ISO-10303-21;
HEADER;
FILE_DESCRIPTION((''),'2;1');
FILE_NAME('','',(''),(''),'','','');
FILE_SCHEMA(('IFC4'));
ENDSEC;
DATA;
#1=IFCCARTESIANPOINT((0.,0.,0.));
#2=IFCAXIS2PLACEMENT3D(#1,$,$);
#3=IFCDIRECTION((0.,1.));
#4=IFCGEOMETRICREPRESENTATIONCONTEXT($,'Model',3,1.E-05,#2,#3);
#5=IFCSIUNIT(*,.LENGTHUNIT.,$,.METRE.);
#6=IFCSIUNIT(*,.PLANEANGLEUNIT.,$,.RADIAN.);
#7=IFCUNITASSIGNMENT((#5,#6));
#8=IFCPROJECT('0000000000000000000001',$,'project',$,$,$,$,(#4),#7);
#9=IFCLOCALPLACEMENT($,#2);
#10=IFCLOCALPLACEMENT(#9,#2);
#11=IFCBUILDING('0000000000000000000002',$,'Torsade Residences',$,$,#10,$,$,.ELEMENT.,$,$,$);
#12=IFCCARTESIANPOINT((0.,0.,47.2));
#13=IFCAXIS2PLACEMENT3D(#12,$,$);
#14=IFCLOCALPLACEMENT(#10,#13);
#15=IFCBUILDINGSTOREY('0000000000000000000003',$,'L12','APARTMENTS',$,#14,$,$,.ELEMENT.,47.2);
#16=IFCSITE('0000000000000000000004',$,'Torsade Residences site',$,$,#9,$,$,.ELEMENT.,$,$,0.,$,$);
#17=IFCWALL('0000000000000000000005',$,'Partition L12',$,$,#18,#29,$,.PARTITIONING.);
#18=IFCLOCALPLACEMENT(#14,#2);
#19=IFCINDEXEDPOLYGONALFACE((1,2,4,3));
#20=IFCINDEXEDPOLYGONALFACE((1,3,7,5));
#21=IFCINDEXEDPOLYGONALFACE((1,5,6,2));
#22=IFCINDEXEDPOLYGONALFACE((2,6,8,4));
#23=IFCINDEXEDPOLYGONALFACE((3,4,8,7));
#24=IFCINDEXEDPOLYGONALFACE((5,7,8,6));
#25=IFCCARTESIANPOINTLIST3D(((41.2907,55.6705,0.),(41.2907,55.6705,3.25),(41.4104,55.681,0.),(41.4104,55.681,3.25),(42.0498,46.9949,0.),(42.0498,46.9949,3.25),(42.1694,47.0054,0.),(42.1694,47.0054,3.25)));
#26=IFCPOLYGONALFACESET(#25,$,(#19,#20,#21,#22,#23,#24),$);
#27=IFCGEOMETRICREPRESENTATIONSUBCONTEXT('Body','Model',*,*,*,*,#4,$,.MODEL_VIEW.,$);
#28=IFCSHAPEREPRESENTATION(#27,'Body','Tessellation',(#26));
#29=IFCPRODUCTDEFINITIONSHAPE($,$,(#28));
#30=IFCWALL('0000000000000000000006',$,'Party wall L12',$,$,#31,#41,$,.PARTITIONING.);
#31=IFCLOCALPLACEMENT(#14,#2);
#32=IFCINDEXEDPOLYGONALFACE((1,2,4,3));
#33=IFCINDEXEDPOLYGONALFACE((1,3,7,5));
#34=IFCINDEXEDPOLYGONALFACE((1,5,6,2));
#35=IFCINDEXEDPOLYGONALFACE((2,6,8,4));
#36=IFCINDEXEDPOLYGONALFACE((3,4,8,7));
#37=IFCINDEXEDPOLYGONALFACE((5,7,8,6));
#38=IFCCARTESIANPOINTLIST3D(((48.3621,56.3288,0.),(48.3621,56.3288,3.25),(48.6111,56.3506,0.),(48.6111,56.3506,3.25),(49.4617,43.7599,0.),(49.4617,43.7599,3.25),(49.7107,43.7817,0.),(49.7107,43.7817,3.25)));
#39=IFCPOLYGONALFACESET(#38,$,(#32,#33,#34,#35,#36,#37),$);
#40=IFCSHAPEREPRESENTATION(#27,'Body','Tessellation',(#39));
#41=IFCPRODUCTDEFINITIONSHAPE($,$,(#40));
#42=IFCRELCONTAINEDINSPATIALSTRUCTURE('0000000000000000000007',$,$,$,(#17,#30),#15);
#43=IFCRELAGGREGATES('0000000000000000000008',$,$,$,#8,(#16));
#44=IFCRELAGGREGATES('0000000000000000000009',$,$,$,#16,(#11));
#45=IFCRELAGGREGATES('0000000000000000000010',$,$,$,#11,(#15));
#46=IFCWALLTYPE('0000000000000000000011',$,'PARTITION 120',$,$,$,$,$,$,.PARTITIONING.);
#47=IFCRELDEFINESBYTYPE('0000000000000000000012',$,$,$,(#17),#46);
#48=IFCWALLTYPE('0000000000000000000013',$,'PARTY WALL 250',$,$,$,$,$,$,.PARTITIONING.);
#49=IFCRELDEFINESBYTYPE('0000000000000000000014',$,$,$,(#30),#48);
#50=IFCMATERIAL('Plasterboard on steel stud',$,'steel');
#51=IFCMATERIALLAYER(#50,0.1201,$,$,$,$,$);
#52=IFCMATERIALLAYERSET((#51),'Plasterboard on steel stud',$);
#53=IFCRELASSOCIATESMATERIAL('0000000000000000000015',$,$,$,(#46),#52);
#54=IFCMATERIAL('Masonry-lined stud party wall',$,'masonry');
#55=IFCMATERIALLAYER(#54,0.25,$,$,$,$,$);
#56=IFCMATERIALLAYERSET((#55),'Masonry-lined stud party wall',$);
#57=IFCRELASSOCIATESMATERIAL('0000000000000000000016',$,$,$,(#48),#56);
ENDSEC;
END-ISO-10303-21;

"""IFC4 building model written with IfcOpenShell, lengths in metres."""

from ifc_helpers import new_model, si_unit, direction, frame, frame_2d, origin, place, context, subcontext, project, spatial, rectangle, extrude, material, layer, layer_set, type_object, element, save


model = new_model("IFC4")

# Units and contexts
model_context = context("Model", 3, precision=1e-05, world=origin(), true_north=direction((0.0, 1.0)))
body_context = subcontext(model_context, "Body", "Model", "MODEL_VIEW")
ifc_project = project(units=[si_unit("LENGTHUNIT", "METRE"), si_unit("PLANEANGLEUNIT", "RADIAN")], contexts=[model_context])

# Site, building, storey
site_placement = place(None, origin())
site = spatial("IfcSite", under=ifc_project, at=site_placement, Name="Torsade Residences site", CompositionType="ELEMENT", RefElevation=0.0)
building_placement = place(site_placement, origin())
building = spatial("IfcBuilding", under=site, at=building_placement, Name="Torsade Residences", CompositionType="ELEMENT")
storey_placement = place(building_placement, frame((0.0, 0.0, 47.2)))
storey = spatial("IfcBuildingStorey", under=building, at=storey_placement, Name="L12", Description="APARTMENTS", CompositionType="ELEMENT", Elevation=47.2)

# Shared definitions
ifc_material_1 = material(Name="Plasterboard on steel stud", Category="steel")
ifc_layer_1 = layer(ifc_material_1, 0.1201)
ifc_layer_set_1 = layer_set([ifc_layer_1], Name="Plasterboard on steel stud")
wall_type_1 = type_object("IfcWallType", Name="PARTITION 120", PredefinedType="PARTITIONING", material=ifc_layer_set_1)

# Walls
wall_1_placement = place(storey_placement, frame((42.1096, 47.0, 0.0), z_axis=(0.0, 0.0, 1.0), x_axis=(-0.087158, 0.996194, 0.0)))
element("IfcWall", 1, at=wall_1_placement, inside=storey, type_object=wall_type_1, Name="Partition L12", PredefinedType="PARTITIONING", context=body_context, shape_type="SweptSolid", body=[
    extrude(rectangle(XDim=8.7087, YDim=0.1201, at=frame_2d((4.3545, 0.0))), origin(), (0.0, 0.0, 1.0), 3.25),
])
ifc_material_2 = material(Name="Masonry-lined stud party wall", Category="masonry")
ifc_layer_2 = layer(ifc_material_2, 0.25)
ifc_layer_set_2 = layer_set([ifc_layer_2], Name="Masonry-lined stud party wall")
wall_type_2 = type_object("IfcWallType", Name="PARTY WALL 250", PredefinedType="PARTITIONING", material=ifc_layer_set_2)
wall_2_placement = place(storey_placement, frame((48.4866, 56.3398, 0.0), z_axis=(0.0, 0.0, 1.0), x_axis=(0.087154, -0.996195, 0.0)))
element("IfcWall", 2, at=wall_2_placement, inside=storey, type_object=wall_type_2, Name="Party wall L12", PredefinedType="PARTITIONING", context=body_context, shape_type="SweptSolid", body=[
    extrude(rectangle(XDim=12.6169, YDim=0.25, at=frame_2d((6.3086, 0.0))), origin(), (0.0, 0.0, 1.0), 3.25),
])

save(model, "model.ifc")
